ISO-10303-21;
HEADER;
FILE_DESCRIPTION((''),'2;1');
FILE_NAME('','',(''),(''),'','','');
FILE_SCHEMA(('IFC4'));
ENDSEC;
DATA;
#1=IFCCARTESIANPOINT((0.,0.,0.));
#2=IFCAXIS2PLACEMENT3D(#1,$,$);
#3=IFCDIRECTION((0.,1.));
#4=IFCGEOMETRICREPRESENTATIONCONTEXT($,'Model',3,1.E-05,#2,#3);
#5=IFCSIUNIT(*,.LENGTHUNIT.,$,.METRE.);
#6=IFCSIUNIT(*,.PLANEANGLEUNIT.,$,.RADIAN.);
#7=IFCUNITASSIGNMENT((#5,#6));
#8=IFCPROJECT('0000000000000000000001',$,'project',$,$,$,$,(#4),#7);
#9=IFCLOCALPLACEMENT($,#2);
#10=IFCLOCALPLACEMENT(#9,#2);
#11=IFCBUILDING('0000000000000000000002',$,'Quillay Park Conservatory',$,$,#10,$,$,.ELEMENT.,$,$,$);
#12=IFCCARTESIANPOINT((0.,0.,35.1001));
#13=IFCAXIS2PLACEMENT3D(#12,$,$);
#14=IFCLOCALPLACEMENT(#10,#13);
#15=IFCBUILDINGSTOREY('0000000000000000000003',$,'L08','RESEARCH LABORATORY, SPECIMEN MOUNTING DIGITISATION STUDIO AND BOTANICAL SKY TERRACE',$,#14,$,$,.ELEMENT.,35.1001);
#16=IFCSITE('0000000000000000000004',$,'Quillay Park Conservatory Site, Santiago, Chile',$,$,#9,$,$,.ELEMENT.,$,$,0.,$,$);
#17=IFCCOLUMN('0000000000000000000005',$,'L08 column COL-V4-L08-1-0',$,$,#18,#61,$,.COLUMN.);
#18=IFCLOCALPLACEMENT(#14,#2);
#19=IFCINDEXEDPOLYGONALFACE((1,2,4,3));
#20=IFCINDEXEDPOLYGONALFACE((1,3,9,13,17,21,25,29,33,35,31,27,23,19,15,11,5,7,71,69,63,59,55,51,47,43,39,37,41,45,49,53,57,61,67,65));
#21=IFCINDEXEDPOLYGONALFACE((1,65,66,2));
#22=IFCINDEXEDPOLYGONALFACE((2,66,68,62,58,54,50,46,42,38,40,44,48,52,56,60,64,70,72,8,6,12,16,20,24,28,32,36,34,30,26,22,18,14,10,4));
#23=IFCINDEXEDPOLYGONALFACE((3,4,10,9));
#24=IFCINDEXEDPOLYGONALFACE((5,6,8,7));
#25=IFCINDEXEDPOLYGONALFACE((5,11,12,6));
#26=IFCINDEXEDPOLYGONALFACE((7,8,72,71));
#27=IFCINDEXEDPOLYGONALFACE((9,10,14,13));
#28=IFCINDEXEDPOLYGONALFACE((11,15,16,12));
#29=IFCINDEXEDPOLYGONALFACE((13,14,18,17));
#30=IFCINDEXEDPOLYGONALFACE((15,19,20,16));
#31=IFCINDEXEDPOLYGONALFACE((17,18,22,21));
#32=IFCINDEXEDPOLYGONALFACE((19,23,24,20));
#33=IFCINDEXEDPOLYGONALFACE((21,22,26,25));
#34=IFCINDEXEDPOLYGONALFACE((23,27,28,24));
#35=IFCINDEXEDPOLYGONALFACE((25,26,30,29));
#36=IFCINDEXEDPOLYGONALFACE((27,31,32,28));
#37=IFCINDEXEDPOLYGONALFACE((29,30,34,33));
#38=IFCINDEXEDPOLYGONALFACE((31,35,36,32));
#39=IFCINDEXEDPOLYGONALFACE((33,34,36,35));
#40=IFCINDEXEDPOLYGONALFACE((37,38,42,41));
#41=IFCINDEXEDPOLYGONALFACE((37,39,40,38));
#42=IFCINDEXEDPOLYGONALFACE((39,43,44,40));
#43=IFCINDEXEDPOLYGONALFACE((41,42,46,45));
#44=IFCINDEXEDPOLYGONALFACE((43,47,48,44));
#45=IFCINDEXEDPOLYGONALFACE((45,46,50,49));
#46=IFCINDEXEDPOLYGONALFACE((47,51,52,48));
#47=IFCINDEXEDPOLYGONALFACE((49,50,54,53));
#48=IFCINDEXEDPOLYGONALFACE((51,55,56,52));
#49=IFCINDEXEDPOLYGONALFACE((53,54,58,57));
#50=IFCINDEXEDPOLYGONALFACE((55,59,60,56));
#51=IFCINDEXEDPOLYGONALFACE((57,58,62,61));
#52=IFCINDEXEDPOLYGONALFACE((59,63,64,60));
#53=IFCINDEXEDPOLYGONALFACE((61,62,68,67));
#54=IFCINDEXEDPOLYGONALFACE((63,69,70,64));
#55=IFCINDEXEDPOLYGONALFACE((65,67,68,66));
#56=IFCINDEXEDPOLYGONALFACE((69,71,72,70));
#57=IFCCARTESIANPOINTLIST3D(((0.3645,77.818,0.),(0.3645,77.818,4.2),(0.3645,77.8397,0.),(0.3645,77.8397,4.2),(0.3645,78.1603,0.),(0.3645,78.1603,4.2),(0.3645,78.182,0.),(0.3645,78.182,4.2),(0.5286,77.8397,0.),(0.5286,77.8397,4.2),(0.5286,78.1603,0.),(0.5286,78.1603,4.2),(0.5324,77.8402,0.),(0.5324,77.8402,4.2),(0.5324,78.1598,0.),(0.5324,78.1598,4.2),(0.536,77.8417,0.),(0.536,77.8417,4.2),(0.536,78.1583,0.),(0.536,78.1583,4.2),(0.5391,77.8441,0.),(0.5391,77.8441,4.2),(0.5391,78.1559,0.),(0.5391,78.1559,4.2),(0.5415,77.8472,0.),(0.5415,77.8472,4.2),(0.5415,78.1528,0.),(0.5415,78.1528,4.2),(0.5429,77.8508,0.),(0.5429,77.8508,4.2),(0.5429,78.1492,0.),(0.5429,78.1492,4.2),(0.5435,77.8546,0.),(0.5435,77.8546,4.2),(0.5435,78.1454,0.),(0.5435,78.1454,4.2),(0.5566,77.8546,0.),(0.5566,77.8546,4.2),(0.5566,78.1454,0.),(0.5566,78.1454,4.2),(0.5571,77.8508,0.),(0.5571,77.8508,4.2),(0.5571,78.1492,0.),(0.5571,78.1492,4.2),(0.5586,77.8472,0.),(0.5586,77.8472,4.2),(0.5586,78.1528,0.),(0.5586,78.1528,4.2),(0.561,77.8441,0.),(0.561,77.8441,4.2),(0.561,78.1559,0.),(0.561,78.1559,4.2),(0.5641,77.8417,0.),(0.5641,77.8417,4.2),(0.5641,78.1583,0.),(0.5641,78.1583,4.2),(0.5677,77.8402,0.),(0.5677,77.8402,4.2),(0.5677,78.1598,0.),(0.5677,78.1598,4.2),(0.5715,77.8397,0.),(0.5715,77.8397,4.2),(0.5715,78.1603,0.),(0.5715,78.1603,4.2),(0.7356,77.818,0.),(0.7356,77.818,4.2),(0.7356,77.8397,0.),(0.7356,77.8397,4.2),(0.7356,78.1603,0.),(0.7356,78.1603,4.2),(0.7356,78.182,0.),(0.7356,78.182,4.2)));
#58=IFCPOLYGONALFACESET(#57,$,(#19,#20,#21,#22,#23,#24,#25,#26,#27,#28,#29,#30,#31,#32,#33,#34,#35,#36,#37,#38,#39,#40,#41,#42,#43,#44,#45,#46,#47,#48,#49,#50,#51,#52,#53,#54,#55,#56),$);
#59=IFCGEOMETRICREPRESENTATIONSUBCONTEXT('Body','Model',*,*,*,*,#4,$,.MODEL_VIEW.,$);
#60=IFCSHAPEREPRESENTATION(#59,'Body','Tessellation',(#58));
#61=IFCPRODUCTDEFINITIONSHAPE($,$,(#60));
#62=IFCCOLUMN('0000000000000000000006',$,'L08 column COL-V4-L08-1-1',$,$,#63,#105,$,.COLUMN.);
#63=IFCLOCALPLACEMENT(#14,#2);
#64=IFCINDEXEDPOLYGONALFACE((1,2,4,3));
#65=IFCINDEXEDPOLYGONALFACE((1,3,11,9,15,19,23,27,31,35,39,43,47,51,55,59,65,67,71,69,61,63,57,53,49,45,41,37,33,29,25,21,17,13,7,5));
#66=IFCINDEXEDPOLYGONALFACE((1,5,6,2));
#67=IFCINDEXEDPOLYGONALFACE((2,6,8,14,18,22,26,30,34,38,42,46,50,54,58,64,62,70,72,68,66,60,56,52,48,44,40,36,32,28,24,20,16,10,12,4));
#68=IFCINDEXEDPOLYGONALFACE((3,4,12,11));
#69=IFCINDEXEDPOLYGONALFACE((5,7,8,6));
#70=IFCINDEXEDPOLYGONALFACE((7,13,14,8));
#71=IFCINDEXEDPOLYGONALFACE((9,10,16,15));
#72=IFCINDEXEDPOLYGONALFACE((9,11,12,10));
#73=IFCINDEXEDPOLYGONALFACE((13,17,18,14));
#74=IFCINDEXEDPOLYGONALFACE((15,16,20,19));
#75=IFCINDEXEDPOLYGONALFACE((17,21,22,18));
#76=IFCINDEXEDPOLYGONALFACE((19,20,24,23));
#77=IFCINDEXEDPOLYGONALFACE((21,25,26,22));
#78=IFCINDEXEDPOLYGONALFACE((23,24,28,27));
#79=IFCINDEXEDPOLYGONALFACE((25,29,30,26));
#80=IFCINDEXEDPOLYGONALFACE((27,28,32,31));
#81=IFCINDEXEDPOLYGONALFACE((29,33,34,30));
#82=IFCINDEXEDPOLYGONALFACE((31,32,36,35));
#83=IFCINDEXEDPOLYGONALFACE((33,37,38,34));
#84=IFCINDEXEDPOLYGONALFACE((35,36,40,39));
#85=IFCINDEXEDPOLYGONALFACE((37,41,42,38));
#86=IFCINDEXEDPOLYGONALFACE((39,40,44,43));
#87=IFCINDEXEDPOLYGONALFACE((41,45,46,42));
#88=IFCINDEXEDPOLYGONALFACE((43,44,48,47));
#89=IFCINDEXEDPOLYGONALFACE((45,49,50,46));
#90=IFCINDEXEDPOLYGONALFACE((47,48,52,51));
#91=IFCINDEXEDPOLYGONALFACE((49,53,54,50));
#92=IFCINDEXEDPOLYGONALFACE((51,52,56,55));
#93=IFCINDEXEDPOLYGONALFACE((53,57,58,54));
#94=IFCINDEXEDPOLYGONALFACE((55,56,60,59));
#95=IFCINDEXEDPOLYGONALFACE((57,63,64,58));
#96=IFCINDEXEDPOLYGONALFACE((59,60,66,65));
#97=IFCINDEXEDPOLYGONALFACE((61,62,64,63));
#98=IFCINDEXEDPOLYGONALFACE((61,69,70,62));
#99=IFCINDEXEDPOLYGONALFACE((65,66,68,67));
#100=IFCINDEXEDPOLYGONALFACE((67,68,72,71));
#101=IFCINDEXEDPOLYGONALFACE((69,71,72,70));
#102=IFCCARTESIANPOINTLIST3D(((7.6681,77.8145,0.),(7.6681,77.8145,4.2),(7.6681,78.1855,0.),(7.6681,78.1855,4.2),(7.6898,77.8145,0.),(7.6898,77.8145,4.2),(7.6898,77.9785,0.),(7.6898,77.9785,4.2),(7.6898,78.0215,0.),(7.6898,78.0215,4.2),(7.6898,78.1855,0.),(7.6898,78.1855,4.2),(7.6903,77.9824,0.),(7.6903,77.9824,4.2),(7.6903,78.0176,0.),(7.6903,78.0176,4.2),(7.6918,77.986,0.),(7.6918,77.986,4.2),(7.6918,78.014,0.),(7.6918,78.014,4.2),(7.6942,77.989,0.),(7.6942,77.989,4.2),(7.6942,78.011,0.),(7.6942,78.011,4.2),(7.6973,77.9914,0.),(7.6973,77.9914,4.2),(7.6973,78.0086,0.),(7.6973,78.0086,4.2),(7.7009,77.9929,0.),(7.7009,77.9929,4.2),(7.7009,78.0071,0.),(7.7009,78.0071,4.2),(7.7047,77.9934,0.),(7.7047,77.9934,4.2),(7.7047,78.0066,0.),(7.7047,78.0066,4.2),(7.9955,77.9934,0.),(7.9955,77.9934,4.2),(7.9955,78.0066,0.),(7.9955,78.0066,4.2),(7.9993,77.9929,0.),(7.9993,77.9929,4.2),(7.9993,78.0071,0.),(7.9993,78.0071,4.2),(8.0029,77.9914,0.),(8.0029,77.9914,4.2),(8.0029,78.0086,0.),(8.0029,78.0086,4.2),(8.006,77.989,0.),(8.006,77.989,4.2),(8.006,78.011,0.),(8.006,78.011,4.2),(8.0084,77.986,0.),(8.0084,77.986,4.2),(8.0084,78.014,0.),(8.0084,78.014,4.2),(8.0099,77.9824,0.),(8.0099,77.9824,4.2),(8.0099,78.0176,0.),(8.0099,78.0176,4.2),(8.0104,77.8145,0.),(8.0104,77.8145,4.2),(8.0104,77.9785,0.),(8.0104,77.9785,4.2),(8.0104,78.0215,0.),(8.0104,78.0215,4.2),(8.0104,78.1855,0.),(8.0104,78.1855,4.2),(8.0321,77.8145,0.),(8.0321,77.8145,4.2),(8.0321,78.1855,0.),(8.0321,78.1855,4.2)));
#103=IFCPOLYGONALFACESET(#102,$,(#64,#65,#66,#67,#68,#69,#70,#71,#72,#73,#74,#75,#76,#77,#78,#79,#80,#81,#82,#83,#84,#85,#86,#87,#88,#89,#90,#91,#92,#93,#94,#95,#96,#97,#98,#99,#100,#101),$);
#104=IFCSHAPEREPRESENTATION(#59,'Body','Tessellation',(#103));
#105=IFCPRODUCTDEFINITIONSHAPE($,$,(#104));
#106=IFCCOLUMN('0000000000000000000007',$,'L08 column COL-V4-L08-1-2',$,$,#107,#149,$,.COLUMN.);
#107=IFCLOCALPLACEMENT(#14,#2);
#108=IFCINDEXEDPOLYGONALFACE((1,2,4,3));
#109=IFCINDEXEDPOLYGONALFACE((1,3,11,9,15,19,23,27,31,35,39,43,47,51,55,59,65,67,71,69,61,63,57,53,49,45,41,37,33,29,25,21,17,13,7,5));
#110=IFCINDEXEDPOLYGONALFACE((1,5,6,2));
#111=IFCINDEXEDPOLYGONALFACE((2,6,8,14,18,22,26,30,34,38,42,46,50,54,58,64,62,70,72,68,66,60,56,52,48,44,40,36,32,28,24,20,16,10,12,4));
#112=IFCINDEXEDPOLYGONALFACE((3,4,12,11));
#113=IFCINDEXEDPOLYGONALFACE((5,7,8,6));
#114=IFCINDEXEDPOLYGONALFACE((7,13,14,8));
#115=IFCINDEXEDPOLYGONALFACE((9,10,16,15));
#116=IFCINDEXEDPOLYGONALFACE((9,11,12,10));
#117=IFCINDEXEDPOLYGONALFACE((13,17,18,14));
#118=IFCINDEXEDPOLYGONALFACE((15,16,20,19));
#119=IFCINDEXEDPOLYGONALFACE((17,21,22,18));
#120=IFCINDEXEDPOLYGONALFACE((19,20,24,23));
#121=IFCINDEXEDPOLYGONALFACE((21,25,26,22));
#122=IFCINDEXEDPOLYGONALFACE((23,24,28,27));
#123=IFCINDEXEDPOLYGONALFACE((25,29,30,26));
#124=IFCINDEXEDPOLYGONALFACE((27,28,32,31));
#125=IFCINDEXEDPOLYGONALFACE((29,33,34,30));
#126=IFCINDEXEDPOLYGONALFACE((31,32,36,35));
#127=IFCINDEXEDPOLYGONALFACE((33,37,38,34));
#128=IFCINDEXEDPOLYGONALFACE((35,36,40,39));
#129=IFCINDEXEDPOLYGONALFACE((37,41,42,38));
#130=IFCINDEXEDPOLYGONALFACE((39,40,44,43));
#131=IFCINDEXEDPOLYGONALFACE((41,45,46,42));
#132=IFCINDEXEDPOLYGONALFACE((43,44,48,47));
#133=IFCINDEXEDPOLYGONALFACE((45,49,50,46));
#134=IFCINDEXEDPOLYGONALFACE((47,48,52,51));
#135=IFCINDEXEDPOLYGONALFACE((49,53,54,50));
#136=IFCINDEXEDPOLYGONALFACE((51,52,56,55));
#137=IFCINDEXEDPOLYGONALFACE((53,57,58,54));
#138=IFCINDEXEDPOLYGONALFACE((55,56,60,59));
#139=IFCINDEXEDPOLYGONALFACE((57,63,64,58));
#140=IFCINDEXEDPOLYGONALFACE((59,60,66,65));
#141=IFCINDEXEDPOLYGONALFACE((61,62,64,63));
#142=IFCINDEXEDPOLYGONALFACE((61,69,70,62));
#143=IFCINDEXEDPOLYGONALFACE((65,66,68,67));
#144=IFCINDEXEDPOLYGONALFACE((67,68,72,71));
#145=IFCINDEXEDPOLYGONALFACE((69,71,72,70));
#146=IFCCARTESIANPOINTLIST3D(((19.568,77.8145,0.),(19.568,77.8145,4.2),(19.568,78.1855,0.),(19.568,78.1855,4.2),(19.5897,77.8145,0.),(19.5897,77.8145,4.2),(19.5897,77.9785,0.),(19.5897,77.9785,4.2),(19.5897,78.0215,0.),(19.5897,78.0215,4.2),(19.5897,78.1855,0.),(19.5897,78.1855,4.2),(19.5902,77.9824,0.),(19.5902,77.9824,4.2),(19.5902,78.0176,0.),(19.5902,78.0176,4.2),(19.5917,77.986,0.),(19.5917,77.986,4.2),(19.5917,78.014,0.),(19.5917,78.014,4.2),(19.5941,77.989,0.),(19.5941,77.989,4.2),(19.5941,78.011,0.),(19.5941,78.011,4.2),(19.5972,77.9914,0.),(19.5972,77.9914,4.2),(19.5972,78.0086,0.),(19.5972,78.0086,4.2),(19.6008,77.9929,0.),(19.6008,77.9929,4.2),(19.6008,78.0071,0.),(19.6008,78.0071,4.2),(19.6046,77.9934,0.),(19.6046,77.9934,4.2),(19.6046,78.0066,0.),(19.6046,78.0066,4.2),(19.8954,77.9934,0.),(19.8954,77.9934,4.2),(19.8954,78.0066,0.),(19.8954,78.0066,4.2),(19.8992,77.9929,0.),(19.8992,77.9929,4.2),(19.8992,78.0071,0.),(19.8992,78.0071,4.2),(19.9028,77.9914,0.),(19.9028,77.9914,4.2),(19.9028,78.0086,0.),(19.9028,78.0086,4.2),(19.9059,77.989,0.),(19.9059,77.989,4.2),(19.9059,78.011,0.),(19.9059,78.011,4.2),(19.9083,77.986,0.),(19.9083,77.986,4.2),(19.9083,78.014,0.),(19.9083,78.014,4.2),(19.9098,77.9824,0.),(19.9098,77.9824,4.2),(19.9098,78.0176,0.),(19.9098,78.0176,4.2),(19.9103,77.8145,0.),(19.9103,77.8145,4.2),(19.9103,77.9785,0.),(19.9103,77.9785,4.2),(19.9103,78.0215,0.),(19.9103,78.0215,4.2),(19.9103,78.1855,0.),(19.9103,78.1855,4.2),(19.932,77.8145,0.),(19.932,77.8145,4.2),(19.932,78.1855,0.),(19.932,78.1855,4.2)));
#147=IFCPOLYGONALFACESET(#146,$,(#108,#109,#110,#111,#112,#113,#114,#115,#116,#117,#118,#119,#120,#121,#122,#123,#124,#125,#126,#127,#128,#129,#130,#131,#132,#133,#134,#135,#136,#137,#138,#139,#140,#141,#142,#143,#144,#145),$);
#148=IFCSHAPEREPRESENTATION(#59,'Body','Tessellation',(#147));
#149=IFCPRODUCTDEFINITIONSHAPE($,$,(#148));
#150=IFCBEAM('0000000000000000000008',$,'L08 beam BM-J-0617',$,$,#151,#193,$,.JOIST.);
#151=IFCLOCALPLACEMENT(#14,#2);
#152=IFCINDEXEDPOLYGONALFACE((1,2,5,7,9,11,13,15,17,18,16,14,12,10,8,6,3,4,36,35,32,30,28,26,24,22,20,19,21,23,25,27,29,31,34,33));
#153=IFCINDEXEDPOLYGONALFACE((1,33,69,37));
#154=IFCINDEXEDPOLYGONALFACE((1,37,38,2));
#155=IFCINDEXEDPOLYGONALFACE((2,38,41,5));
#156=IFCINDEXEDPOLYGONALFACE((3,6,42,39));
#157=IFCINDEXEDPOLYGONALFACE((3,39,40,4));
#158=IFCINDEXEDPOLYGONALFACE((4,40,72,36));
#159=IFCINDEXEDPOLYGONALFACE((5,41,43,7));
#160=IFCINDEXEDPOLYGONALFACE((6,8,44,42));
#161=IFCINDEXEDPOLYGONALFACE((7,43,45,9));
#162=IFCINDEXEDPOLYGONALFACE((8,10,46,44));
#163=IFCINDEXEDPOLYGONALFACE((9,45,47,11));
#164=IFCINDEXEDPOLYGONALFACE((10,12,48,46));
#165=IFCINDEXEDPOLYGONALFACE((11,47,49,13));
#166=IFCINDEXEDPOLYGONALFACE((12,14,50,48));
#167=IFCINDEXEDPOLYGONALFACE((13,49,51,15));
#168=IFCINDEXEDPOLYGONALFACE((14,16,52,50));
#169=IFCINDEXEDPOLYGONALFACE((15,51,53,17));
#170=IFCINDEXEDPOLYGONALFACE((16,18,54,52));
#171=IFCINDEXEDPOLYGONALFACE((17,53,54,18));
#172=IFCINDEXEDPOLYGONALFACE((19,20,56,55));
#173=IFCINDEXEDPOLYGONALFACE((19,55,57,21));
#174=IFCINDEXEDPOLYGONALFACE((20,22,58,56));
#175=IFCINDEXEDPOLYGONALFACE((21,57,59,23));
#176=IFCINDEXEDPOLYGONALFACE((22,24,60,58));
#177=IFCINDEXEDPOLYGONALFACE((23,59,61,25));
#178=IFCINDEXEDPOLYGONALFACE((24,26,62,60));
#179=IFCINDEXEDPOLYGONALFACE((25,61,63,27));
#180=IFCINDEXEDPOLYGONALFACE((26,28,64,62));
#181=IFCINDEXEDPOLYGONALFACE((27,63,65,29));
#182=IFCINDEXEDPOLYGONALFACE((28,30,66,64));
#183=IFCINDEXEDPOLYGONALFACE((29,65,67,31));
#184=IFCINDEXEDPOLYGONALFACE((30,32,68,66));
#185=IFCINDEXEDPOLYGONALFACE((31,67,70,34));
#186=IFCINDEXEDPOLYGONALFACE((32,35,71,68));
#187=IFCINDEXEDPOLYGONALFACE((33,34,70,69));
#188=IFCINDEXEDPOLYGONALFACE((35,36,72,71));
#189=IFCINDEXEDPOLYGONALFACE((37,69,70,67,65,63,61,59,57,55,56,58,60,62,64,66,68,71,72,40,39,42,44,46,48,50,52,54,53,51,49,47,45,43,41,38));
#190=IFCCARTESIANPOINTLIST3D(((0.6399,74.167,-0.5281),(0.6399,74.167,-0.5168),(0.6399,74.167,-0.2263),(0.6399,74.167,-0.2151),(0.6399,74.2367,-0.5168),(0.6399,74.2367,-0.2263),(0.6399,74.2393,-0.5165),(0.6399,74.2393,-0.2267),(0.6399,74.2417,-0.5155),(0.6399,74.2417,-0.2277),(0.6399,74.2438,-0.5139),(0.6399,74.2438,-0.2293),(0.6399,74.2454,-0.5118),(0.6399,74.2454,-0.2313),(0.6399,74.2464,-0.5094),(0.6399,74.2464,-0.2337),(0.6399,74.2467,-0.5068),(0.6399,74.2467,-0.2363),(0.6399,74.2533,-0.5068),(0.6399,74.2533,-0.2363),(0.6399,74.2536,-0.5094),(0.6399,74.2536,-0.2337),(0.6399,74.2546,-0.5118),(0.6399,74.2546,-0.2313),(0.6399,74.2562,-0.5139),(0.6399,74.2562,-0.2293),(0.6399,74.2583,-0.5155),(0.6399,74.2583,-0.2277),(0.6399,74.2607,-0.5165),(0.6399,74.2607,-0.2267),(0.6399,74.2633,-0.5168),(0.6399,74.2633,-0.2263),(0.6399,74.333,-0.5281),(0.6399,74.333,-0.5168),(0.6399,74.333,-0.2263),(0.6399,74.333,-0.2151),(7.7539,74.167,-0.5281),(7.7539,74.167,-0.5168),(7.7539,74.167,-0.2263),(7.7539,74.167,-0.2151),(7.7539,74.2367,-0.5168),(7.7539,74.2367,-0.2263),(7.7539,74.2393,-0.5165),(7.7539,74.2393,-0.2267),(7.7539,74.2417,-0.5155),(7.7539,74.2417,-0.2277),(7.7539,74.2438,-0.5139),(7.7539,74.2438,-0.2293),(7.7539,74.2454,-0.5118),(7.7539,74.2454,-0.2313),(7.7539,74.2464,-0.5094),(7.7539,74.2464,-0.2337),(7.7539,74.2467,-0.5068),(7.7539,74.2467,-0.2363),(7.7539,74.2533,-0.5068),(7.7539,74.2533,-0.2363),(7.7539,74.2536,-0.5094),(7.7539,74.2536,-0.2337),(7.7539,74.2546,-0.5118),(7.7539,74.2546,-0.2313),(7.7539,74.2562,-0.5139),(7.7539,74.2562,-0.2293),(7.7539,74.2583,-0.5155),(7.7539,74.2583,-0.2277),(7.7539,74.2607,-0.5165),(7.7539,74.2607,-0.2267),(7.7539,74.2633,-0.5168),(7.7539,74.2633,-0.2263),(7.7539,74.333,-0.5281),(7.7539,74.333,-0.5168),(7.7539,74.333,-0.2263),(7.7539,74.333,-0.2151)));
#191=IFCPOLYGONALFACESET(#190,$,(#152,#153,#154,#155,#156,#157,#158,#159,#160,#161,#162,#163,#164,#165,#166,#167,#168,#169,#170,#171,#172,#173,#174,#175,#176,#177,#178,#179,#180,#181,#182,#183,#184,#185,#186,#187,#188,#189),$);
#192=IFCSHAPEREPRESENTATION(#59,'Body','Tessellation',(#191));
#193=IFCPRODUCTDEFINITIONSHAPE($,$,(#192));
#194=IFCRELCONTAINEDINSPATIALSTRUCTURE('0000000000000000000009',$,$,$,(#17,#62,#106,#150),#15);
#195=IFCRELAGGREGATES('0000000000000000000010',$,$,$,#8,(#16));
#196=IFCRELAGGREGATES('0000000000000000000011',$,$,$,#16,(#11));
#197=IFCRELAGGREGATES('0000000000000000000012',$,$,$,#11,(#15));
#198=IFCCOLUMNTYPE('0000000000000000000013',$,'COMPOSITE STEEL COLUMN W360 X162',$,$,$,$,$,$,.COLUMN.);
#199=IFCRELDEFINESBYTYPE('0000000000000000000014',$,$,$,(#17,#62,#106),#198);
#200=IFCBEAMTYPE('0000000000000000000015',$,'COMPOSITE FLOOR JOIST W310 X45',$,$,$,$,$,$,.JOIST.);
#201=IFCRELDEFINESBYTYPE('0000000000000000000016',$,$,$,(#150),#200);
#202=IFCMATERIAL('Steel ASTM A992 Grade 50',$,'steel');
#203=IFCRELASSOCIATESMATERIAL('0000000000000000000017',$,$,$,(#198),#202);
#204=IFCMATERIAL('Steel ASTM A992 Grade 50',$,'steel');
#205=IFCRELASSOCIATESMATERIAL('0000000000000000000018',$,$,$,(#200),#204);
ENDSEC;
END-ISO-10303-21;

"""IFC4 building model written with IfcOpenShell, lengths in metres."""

from ifc_helpers import new_model, si_unit, direction, frame, origin, origin_2d, place, context, subcontext, project, spatial, i_section, extrude, material, material_profile, profile_set, type_object, element, save


model = new_model("IFC4")

# Units and contexts
model_context = context("Model", 3, precision=1e-05, world=origin(), true_north=direction((0.0, 1.0)))
body_context = subcontext(model_context, "Body", "Model", "MODEL_VIEW")
ifc_project = project(units=[si_unit("LENGTHUNIT", "METRE"), si_unit("PLANEANGLEUNIT", "RADIAN")], contexts=[model_context])

# Site, building, storey
site_placement = place(None, origin())
site = spatial("IfcSite", under=ifc_project, at=site_placement, Name="Quillay Park Conservatory Site, Santiago, Chile", CompositionType="ELEMENT", RefElevation=0.0)
building_placement = place(site_placement, origin())
building = spatial("IfcBuilding", under=site, at=building_placement, Name="Quillay Park Conservatory", CompositionType="ELEMENT")
storey_placement = place(building_placement, frame((0.0, 0.0, 35.1001)))
storey = spatial("IfcBuildingStorey", under=building, at=storey_placement, Name="L08", Description="RESEARCH LABORATORY, SPECIMEN MOUNTING DIGITISATION STUDIO AND BOTANICAL SKY TERRACE", CompositionType="ELEMENT", Elevation=35.1001)

# Columns
ifc_material_1 = material(Name="Steel ASTM A992 Grade 50", Category="steel")
ifc_material_profile_1 = material_profile(ifc_material_1, i_section(OverallWidth=0.3711, OverallDepth=0.364, WebThickness=0.0132, FlangeThickness=0.0217, FilletRadius=0.0149, at=origin_2d()), Name="W360x162")
ifc_profile_set_1 = profile_set([ifc_material_profile_1], Name="Steel ASTM A992 Grade 50")
column_type = type_object("IfcColumnType", Name="COMPOSITE STEEL COLUMN W360 X162", PredefinedType="COLUMN", material=ifc_profile_set_1)
for number, where, z_axis, x_axis, name in (
    (1, (0.55, 78.0, 0.0), (0.0, 0.0, 1.0), (1.0, 0.0, 0.0), "L08 column COL-V4-L08-1-0"),
    (2, (7.8501, 78.0, 0.0), (0.0, 0.0, 1.0), (0.0, 1.0, 0.0), "L08 column COL-V4-L08-1-1"),
    (3, (19.75, 78.0, 0.0), (0.0, 0.0, 1.0), (0.0, 1.0, 0.0), "L08 column COL-V4-L08-1-2"),
):
    element("IfcColumn", number, at=place(storey_placement, frame(where, z_axis=z_axis, x_axis=x_axis)), inside=storey, type_object=column_type, Name=name, PredefinedType="COLUMN", context=body_context, shape_type="SweptSolid", body=[
        extrude(i_section(OverallWidth=0.3711, OverallDepth=0.364, WebThickness=0.0132, FlangeThickness=0.0217, FilletRadius=0.0149, at=origin_2d()), origin(), (0.0, 0.0, 1.0), 4.2),
    ])

# Beam
ifc_material_2 = material(Name="Steel ASTM A992 Grade 50", Category="steel")
ifc_material_profile_2 = material_profile(ifc_material_2, i_section(OverallWidth=0.166, OverallDepth=0.313, WebThickness=0.0066, FlangeThickness=0.0112, FilletRadius=0.01, at=origin_2d()), Name="W310x45")
ifc_profile_set_2 = profile_set([ifc_material_profile_2], Name="Steel ASTM A992 Grade 50")
beam_type_1 = type_object("IfcBeamType", Name="COMPOSITE FLOOR JOIST W310 X45", PredefinedType="JOIST", material=ifc_profile_set_2)
beam_1_placement = place(storey_placement, frame((0.6399, 74.25, -0.3716), z_axis=(1.0, 0.0, 0.0), x_axis=(0.0, 1.0, 0.0)))
element("IfcBeam", 4, at=beam_1_placement, inside=storey, type_object=beam_type_1, Name="L08 beam BM-J-0617", PredefinedType="JOIST", context=body_context, shape_type="SweptSolid", body=[
    extrude(i_section(OverallWidth=0.166, OverallDepth=0.313, WebThickness=0.0066, FlangeThickness=0.0112, FilletRadius=0.01, at=origin_2d()), origin(), (0.0, 0.0, 1.0), 7.114),
])

save(model, "model.ifc")
